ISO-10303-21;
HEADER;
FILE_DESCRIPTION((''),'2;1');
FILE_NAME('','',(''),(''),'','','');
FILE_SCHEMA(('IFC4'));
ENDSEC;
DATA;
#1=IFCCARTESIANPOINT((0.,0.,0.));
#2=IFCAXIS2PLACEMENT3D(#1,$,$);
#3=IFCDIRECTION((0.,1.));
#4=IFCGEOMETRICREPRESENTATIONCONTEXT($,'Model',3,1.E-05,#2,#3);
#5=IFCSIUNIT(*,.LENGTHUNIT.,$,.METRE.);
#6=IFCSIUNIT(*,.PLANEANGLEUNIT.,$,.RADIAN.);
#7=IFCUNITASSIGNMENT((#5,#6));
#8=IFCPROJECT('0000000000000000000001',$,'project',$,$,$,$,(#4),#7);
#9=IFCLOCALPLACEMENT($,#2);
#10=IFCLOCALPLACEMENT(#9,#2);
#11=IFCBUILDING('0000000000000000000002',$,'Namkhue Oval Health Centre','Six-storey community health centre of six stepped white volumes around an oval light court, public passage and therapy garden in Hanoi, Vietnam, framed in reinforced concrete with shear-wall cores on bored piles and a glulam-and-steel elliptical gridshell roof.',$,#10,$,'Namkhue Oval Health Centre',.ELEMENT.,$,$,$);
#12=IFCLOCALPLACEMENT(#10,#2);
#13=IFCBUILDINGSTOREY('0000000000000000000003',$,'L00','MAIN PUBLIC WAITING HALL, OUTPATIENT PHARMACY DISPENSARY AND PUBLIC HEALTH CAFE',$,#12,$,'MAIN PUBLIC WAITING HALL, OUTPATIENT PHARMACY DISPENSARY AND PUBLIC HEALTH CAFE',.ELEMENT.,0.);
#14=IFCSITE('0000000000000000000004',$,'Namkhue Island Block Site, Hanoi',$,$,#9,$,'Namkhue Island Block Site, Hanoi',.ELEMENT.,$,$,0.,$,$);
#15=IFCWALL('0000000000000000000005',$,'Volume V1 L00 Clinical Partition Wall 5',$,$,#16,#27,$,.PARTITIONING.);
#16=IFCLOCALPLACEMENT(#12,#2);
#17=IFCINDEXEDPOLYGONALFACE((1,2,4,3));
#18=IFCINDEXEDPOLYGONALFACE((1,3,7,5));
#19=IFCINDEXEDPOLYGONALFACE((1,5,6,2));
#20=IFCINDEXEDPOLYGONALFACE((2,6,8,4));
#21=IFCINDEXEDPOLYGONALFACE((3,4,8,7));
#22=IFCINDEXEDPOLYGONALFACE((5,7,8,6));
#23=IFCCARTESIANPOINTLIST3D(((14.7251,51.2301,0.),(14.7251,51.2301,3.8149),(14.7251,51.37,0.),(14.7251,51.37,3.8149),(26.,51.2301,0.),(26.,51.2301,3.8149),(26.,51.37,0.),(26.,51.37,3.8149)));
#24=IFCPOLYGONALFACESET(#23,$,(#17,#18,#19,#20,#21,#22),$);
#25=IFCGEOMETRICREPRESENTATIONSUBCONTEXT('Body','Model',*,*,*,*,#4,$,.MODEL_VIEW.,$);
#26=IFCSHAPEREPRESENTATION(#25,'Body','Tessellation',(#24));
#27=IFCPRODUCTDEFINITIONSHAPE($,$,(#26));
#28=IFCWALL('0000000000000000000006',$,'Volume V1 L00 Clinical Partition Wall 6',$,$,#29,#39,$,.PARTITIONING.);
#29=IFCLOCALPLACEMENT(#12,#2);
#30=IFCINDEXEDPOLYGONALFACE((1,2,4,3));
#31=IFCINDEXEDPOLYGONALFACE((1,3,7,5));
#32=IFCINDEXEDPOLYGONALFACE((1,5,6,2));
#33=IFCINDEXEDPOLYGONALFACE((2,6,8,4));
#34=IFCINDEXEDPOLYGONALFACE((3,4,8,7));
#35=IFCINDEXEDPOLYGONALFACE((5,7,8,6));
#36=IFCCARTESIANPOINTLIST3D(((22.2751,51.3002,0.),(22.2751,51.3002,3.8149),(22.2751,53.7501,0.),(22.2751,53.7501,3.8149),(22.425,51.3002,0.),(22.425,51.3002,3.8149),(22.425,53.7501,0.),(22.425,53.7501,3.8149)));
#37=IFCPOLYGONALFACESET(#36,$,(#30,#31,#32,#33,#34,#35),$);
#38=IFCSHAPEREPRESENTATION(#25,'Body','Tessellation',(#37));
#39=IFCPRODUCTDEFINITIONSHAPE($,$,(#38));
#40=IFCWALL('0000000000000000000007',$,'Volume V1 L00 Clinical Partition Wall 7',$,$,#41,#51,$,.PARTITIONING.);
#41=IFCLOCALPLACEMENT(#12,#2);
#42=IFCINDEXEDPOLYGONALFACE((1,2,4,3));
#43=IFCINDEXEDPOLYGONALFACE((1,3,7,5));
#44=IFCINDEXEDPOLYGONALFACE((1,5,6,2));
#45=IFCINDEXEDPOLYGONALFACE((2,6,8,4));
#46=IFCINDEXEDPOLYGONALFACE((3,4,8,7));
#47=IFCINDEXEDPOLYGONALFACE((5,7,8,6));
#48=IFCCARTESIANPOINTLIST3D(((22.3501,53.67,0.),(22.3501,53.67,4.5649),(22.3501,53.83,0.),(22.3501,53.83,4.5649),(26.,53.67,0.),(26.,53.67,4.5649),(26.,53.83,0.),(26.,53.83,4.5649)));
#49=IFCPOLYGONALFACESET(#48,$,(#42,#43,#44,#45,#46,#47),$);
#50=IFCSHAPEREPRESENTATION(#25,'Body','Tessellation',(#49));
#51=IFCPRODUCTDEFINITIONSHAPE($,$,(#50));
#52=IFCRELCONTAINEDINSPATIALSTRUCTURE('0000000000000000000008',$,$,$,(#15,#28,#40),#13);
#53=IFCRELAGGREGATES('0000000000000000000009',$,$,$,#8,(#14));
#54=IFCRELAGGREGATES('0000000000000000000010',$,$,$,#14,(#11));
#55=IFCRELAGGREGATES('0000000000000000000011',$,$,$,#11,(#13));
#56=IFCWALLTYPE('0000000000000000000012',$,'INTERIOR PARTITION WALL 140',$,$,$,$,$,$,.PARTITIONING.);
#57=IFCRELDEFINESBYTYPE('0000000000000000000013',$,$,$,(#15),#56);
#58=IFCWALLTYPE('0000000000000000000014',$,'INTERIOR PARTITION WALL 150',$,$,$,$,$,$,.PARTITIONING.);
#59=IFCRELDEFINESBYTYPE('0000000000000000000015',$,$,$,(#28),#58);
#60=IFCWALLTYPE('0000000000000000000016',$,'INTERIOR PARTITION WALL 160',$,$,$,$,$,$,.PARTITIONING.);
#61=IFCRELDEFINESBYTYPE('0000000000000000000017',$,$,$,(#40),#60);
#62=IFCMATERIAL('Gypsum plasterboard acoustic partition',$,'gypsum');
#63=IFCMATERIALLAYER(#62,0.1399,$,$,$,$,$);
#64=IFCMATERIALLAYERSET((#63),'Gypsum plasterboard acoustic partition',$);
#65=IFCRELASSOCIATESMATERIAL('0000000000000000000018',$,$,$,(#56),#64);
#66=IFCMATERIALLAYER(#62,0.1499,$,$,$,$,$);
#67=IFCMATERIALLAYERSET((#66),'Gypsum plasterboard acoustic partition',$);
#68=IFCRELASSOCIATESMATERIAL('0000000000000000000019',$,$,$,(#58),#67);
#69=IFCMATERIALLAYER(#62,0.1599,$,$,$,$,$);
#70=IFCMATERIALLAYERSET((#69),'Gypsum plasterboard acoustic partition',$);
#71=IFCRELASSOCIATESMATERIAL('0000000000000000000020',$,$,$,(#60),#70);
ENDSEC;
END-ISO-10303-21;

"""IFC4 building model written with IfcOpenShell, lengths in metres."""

from ifc_helpers import new_model, si_unit, direction, frame, frame_2d, origin, place, context, subcontext, project, spatial, rectangle, extrude, material, layer, layer_set, type_object, element, save


model = new_model("IFC4")

# Units and contexts
model_context = context("Model", 3, precision=1e-05, world=origin(), true_north=direction((0.0, 1.0)))
body_context = subcontext(model_context, "Body", "Model", "MODEL_VIEW")
ifc_project = project(units=[si_unit("LENGTHUNIT", "METRE"), si_unit("PLANEANGLEUNIT", "RADIAN")], contexts=[model_context])

# Site, building, storey
site_placement = place(None, origin())
site = spatial("IfcSite", under=ifc_project, at=site_placement, Name="Namkhue Island Block Site, Hanoi", LongName="Namkhue Island Block Site, Hanoi", CompositionType="ELEMENT", RefElevation=0.0)
building_placement = place(site_placement, origin())
building = spatial("IfcBuilding", under=site, at=building_placement, Name="Namkhue Oval Health Centre", Description="Six-storey community health centre of six stepped white volumes around an oval light court, public passage and therapy garden in Hanoi, Vietnam, framed in reinforced concrete with shear-wall cores on bored piles and a glulam-and-steel elliptical gridshell roof.", LongName="Namkhue Oval Health Centre", CompositionType="ELEMENT")
storey_placement = place(building_placement, origin())
storey = spatial("IfcBuildingStorey", under=building, at=storey_placement, Name="L00", Description="MAIN PUBLIC WAITING HALL, OUTPATIENT PHARMACY DISPENSARY AND PUBLIC HEALTH CAFE", LongName="MAIN PUBLIC WAITING HALL, OUTPATIENT PHARMACY DISPENSARY AND PUBLIC HEALTH CAFE", CompositionType="ELEMENT", Elevation=0.0)

# Walls
ifc_material_1 = material(Name="Gypsum plasterboard acoustic partition", Category="gypsum")
ifc_layer_1 = layer(ifc_material_1, 0.1399)
ifc_layer_set_1 = layer_set([ifc_layer_1], Name="Gypsum plasterboard acoustic partition")
wall_type_1 = type_object("IfcWallType", Name="INTERIOR PARTITION WALL 140", PredefinedType="PARTITIONING", material=ifc_layer_set_1)
wall_1_placement = place(storey_placement, frame((14.7251, 51.3, 0.0), z_axis=(0.0, 0.0, 1.0), x_axis=(1.0, 0.0, 0.0)))
element("IfcWall", 1, at=wall_1_placement, inside=storey, type_object=wall_type_1, Name="Volume V1 L00 Clinical Partition Wall 5", PredefinedType="PARTITIONING", context=body_context, shape_type="SweptSolid", body=[
    extrude(rectangle(XDim=11.2749, YDim=0.1399, at=frame_2d((5.6375, 0.0))), origin(), (0.0, 0.0, 1.0), 3.8149),
])
ifc_layer_2 = layer(ifc_material_1, 0.1499)
ifc_layer_set_2 = layer_set([ifc_layer_2], Name="Gypsum plasterboard acoustic partition")
wall_type_2 = type_object("IfcWallType", Name="INTERIOR PARTITION WALL 150", PredefinedType="PARTITIONING", material=ifc_layer_set_2)
wall_2_placement = place(storey_placement, frame((22.3501, 51.3, 0.0), z_axis=(0.0, 0.0, 1.0), x_axis=(0.0, 1.0, 0.0)))
element("IfcWall", 2, at=wall_2_placement, inside=storey, type_object=wall_type_2, Name="Volume V1 L00 Clinical Partition Wall 6", PredefinedType="PARTITIONING", context=body_context, shape_type="SweptSolid", body=[
    extrude(rectangle(XDim=2.45, YDim=0.1499, at=frame_2d((1.2251, 0.0))), origin(), (0.0, 0.0, 1.0), 3.8149),
])
ifc_layer_3 = layer(ifc_material_1, 0.1599)
ifc_layer_set_3 = layer_set([ifc_layer_3], Name="Gypsum plasterboard acoustic partition")
wall_type_3 = type_object("IfcWallType", Name="INTERIOR PARTITION WALL 160", PredefinedType="PARTITIONING", material=ifc_layer_set_3)
wall_3_placement = place(storey_placement, frame((22.3501, 53.75, 0.0), z_axis=(0.0, 0.0, 1.0), x_axis=(1.0, 0.0, 0.0)))
element("IfcWall", 3, at=wall_3_placement, inside=storey, type_object=wall_type_3, Name="Volume V1 L00 Clinical Partition Wall 7", PredefinedType="PARTITIONING", context=body_context, shape_type="SweptSolid", body=[
    extrude(rectangle(XDim=3.6499, YDim=0.1599, at=frame_2d((1.825, 0.0))), origin(), (0.0, 0.0, 1.0), 4.5649),
])

save(model, "model.ifc")
